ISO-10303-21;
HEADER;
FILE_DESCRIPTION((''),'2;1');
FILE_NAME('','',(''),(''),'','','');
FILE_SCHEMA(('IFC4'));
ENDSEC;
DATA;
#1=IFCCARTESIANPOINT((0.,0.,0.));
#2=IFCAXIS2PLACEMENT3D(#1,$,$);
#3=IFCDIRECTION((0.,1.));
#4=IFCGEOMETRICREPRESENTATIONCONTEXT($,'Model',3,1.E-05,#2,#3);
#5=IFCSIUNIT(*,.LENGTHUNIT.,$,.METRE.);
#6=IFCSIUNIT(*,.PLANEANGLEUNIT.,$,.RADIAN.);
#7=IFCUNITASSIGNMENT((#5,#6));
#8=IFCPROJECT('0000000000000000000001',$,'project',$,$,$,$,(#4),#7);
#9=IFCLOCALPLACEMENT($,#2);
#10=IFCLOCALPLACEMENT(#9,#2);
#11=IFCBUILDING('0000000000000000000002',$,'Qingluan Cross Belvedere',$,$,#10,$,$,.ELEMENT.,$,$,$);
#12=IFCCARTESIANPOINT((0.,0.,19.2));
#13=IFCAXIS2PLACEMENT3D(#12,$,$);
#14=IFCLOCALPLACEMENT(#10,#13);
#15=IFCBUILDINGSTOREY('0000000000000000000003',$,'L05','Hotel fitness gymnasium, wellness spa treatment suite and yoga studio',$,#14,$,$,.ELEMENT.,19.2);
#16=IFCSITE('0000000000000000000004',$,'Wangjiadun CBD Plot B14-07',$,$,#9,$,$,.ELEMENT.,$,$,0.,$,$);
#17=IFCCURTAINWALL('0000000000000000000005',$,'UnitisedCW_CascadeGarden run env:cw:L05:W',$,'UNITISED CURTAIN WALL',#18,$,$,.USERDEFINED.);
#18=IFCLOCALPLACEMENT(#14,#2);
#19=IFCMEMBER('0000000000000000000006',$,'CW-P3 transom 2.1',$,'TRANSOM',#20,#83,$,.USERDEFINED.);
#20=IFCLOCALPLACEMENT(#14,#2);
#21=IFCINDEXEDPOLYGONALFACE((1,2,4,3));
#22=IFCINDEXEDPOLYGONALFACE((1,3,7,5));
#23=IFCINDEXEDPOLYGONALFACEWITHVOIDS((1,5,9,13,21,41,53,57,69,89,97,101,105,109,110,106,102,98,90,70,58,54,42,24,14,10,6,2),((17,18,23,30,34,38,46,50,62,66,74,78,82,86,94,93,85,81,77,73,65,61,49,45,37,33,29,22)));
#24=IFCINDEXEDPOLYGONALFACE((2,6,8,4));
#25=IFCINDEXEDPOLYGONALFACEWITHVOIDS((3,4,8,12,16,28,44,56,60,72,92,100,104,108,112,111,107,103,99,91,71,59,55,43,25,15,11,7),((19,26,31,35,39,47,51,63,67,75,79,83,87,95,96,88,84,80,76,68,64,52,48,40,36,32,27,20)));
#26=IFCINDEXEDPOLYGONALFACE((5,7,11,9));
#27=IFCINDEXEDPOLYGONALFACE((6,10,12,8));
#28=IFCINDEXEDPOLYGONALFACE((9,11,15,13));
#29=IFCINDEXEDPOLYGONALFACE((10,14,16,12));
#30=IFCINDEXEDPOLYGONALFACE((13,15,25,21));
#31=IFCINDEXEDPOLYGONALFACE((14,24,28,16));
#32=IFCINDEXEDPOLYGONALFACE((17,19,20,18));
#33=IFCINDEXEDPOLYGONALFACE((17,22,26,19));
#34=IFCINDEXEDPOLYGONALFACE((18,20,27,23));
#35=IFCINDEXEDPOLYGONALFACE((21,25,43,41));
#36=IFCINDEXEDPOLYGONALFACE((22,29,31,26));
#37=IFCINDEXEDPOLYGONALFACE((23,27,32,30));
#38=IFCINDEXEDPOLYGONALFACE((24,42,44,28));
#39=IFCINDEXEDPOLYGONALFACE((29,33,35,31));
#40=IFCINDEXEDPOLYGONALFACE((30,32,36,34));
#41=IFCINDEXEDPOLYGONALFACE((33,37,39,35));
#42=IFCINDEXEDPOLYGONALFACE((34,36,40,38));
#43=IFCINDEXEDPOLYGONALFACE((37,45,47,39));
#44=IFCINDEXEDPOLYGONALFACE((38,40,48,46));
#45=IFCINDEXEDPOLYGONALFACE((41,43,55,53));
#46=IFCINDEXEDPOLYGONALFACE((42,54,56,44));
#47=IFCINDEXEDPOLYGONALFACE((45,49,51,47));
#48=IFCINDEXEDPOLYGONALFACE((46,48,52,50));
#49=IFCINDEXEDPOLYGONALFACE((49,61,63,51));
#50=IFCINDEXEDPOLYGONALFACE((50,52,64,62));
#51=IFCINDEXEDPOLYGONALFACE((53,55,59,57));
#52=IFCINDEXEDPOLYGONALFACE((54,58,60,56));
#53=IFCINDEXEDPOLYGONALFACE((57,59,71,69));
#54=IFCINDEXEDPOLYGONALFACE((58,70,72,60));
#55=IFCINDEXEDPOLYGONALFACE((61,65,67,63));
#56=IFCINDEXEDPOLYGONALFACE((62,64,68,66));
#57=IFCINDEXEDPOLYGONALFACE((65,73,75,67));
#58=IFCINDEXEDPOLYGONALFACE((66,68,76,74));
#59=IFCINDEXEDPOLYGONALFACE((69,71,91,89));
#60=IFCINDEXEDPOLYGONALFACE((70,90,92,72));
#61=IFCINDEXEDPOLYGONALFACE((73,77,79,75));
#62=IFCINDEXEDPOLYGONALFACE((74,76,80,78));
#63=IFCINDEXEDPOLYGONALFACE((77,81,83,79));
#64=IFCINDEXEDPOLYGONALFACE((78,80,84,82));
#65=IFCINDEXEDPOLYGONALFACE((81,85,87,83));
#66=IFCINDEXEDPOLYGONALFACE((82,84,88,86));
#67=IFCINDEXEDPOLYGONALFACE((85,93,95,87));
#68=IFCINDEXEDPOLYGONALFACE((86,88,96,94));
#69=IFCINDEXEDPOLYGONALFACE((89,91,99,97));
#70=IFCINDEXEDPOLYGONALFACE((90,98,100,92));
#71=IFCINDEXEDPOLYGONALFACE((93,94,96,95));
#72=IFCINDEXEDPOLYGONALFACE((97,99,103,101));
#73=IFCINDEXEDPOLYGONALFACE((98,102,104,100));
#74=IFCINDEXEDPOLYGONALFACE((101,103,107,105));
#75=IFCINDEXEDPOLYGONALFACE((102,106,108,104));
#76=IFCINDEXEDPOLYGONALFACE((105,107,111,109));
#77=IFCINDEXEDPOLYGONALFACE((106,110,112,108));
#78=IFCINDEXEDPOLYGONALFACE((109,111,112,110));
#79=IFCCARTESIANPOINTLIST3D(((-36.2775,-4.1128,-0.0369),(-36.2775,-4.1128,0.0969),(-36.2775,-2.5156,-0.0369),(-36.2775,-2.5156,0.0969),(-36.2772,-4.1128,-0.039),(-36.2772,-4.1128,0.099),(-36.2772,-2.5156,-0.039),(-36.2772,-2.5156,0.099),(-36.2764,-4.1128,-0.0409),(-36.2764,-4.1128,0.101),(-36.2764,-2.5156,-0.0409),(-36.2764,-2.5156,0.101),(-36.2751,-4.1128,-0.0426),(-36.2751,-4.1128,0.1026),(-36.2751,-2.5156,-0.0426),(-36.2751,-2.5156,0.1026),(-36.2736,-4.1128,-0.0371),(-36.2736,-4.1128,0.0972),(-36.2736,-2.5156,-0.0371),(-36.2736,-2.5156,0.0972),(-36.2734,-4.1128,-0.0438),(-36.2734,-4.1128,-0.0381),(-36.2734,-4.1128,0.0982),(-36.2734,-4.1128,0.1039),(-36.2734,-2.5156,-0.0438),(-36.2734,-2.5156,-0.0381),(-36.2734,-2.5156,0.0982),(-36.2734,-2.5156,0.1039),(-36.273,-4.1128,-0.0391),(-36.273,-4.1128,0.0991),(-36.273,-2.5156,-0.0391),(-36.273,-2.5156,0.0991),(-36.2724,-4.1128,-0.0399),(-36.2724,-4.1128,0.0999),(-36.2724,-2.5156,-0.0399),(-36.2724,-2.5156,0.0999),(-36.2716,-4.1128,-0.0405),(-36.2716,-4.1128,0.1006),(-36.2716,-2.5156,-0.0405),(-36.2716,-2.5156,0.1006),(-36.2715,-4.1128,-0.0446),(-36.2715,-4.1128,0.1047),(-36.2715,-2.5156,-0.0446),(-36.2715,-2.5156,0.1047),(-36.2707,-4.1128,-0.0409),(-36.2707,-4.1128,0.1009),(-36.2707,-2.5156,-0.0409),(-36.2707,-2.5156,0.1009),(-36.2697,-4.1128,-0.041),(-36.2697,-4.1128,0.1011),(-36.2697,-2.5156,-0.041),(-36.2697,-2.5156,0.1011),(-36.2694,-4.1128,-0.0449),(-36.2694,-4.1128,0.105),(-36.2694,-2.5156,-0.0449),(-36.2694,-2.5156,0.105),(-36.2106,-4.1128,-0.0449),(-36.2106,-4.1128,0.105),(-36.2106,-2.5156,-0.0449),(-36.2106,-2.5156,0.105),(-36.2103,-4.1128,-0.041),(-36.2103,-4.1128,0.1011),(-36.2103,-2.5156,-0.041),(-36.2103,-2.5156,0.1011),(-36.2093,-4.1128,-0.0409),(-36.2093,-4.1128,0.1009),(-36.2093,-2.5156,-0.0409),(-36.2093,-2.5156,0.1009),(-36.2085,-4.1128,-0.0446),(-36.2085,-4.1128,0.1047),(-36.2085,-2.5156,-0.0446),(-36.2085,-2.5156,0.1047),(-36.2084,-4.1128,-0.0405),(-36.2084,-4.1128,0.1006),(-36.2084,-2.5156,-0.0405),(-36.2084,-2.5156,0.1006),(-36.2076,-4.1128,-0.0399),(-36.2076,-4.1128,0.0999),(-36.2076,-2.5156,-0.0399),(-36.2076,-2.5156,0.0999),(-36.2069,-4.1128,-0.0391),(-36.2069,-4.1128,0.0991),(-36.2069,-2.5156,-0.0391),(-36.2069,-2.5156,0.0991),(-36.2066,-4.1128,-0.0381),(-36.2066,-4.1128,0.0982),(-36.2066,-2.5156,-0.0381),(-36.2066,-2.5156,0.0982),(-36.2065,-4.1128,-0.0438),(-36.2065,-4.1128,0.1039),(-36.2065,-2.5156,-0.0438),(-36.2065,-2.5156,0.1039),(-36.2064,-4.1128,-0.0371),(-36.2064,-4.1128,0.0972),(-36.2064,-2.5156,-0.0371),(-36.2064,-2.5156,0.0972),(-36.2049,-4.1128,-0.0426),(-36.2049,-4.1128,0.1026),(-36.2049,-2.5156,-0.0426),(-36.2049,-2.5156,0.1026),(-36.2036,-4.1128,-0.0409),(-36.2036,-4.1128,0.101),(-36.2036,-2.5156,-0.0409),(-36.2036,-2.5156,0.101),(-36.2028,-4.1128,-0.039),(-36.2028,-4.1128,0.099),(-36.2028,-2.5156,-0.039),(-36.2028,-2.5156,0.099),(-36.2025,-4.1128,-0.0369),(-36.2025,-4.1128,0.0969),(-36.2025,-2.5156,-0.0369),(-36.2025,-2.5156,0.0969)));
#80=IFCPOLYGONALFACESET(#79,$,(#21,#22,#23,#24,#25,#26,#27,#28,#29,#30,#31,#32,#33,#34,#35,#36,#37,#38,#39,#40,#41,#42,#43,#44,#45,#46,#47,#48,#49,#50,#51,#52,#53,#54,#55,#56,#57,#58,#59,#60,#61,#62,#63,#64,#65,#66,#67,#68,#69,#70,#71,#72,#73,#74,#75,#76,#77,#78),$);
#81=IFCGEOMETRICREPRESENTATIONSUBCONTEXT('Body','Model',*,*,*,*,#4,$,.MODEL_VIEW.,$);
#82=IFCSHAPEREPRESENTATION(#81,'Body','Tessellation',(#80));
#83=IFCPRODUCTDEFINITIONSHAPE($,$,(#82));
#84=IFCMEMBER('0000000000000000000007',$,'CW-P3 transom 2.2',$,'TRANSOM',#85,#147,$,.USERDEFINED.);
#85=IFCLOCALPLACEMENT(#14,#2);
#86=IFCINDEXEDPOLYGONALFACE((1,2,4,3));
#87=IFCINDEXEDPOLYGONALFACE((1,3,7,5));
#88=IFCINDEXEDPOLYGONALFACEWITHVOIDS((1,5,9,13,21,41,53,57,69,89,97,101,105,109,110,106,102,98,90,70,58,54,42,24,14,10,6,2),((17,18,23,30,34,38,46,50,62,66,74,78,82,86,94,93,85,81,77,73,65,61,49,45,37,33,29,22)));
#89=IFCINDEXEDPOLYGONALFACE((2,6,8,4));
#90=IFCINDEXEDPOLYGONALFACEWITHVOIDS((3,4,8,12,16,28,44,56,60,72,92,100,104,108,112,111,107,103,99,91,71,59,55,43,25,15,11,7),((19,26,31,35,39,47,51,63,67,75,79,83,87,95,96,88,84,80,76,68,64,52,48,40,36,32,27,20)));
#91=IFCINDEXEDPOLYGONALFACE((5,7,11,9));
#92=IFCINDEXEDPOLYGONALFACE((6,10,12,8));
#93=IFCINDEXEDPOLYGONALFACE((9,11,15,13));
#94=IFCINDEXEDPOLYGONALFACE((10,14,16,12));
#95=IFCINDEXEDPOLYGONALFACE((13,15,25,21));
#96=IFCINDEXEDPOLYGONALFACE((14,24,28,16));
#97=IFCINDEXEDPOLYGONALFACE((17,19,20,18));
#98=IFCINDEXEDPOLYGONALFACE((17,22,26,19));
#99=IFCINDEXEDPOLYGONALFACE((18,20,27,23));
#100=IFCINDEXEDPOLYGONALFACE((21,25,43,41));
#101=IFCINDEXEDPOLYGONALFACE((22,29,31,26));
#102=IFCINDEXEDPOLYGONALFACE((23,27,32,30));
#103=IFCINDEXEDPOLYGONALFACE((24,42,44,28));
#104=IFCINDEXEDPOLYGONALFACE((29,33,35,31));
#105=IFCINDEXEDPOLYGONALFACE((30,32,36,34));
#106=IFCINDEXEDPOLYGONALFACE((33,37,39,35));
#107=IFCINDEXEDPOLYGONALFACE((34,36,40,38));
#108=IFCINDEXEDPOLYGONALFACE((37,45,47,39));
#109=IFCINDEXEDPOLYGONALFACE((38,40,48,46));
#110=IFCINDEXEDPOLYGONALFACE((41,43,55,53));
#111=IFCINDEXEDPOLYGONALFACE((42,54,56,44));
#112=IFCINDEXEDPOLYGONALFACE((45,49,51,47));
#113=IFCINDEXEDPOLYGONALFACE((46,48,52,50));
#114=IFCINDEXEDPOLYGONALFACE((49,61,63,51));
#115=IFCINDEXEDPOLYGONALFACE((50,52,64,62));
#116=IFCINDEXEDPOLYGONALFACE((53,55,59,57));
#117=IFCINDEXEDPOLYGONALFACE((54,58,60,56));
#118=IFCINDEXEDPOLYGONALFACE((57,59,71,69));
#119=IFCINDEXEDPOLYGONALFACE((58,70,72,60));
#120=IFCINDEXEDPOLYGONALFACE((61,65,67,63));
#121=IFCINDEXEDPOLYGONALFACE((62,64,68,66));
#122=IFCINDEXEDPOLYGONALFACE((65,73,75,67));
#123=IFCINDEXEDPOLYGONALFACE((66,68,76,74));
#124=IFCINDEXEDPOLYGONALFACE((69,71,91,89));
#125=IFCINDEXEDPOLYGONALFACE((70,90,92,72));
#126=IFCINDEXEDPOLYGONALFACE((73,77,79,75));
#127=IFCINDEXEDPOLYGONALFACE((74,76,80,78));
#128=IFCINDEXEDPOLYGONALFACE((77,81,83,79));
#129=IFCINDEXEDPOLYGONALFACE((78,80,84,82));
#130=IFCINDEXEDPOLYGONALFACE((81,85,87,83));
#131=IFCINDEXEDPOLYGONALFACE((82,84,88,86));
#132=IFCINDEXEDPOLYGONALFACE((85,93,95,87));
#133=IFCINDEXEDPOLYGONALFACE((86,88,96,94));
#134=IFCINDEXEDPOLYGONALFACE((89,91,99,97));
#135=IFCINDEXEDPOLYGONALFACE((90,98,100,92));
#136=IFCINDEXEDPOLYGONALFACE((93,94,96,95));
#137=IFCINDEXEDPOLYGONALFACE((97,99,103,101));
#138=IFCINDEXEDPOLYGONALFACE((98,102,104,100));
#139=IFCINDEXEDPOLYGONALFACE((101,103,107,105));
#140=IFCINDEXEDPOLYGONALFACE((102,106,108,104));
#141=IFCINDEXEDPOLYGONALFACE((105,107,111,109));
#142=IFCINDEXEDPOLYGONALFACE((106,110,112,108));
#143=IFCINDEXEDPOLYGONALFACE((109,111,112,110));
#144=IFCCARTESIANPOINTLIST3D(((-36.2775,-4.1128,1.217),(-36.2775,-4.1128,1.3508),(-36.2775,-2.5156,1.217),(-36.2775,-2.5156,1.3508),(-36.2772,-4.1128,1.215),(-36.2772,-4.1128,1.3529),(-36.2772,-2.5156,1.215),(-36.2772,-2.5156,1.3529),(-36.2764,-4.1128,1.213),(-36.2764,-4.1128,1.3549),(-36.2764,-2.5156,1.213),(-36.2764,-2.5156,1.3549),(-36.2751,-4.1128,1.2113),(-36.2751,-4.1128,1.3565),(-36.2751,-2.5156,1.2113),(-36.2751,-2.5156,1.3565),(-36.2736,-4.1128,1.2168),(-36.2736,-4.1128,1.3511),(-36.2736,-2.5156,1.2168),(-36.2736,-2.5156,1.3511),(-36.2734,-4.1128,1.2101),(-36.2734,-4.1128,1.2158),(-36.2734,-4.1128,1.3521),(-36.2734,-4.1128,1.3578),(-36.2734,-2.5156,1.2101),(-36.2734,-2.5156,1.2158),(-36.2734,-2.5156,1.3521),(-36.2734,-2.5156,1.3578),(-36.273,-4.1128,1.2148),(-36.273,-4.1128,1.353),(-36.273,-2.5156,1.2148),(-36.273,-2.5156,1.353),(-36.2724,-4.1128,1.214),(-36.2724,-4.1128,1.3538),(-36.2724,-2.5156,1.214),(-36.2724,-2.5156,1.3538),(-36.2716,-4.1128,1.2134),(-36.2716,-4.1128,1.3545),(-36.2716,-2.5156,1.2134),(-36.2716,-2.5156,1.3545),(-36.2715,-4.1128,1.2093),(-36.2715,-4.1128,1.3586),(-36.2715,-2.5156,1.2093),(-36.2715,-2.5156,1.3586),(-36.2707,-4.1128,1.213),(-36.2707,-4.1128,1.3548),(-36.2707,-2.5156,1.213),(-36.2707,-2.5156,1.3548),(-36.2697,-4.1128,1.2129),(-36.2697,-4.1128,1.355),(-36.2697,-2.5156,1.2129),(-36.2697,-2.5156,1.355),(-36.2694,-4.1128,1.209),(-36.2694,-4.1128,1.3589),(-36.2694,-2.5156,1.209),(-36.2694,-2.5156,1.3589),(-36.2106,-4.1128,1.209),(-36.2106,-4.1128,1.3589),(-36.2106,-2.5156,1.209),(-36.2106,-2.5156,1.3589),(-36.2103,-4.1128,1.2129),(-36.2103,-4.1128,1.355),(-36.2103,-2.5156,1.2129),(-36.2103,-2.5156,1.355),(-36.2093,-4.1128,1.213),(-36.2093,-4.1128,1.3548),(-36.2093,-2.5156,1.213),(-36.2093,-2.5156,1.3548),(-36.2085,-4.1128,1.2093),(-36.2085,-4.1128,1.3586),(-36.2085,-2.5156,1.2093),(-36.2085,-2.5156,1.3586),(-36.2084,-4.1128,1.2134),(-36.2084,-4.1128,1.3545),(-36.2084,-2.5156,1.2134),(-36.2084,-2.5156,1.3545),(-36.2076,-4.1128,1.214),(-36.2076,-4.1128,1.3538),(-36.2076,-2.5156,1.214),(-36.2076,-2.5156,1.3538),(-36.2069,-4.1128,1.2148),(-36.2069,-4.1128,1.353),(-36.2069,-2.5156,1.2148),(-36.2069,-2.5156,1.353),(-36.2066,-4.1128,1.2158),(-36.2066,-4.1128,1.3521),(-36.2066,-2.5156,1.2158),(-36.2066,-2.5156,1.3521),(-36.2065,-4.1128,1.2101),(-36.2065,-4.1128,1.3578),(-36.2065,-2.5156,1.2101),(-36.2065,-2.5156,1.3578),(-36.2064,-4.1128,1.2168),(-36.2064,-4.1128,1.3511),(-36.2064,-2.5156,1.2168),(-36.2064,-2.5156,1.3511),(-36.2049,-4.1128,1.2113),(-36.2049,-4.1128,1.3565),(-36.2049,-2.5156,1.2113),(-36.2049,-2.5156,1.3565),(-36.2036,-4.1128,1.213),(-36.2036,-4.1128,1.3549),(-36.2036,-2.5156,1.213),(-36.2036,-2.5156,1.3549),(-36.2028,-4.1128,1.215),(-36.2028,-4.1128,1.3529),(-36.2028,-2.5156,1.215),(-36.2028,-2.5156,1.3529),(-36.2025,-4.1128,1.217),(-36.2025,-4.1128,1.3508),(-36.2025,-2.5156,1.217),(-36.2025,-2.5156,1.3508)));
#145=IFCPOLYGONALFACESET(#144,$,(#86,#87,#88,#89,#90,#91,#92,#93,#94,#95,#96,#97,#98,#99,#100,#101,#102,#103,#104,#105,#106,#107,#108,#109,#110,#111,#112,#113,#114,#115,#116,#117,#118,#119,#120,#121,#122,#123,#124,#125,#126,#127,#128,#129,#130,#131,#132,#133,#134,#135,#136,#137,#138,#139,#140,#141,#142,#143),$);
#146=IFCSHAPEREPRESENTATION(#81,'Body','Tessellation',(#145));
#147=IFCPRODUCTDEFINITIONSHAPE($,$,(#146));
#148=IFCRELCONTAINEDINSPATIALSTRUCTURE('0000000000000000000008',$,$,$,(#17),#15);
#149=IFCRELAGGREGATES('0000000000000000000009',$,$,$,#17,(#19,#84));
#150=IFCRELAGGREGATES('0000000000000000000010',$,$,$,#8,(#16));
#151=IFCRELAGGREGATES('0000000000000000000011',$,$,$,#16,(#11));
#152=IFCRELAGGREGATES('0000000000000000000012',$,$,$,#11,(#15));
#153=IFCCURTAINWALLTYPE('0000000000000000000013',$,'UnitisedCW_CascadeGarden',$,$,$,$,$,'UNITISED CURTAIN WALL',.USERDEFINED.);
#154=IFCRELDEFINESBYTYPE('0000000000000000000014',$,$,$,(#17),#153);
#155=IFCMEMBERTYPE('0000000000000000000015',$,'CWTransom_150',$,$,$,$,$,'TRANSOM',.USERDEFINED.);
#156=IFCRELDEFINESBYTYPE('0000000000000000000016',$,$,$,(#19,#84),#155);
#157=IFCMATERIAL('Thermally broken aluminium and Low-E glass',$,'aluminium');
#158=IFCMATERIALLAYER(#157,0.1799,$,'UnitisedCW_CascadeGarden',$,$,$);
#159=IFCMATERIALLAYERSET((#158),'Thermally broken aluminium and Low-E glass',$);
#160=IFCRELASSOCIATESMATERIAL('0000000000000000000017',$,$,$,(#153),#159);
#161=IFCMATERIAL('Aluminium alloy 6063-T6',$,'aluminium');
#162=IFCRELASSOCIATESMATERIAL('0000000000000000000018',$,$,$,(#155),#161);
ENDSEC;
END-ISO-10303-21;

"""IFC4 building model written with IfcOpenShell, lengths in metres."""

from ifc_helpers import new_model, si_unit, direction, frame, origin, origin_2d, place, context, subcontext, project, spatial, hollow_rectangle, extrude, material, layer, layer_set, material_profile, profile_set, type_object, element, aggregate, save


model = new_model("IFC4")

# Units and contexts
model_context = context("Model", 3, precision=1e-05, world=origin(), true_north=direction((0.0, 1.0)))
body_context = subcontext(model_context, "Body", "Model", "MODEL_VIEW")
ifc_project = project(units=[si_unit("LENGTHUNIT", "METRE"), si_unit("PLANEANGLEUNIT", "RADIAN")], contexts=[model_context])

# Site, building, storey
site_placement = place(None, origin())
site = spatial("IfcSite", under=ifc_project, at=site_placement, Name="Wangjiadun CBD Plot B14-07", CompositionType="ELEMENT", RefElevation=0.0)
building_placement = place(site_placement, origin())
building = spatial("IfcBuilding", under=site, at=building_placement, Name="Qingluan Cross Belvedere", CompositionType="ELEMENT")
storey_placement = place(building_placement, frame((0.0, 0.0, 19.2)))
storey = spatial("IfcBuildingStorey", under=building, at=storey_placement, Name="L05", Description="Hotel fitness gymnasium, wellness spa treatment suite and yoga studio", CompositionType="ELEMENT", Elevation=19.2)

# Curtain wall, members
ifc_material_1 = material(Name="Thermally broken aluminium and Low-E glass", Category="aluminium")
ifc_layer_1 = layer(ifc_material_1, 0.1799, Name="UnitisedCW_CascadeGarden")
ifc_layer_set_1 = layer_set([ifc_layer_1], Name="Thermally broken aluminium and Low-E glass")
curtain_wall_type = type_object("IfcCurtainWallType", Name="UnitisedCW_CascadeGarden", ElementType="UNITISED CURTAIN WALL", PredefinedType="USERDEFINED", material=ifc_layer_set_1)
curtain_wall_placement = place(storey_placement, origin())
curtain_wall = element("IfcCurtainWall", 1, at=curtain_wall_placement, inside=storey, type_object=curtain_wall_type, Name="UnitisedCW_CascadeGarden run env:cw:L05:W", ObjectType="UNITISED CURTAIN WALL", PredefinedType="USERDEFINED")
ifc_material_2 = material(Name="Aluminium alloy 6063-T6", Category="aluminium")
ifc_material_profile_1 = material_profile(ifc_material_2, hollow_rectangle(XDim=0.075, YDim=0.1499, WallThickness=0.0039, InnerFilletRadius=0.0039, OuterFilletRadius=0.0081, at=origin_2d()), Name="CWT150x75x4")
ifc_profile_set_1 = profile_set([ifc_material_profile_1], Name="Aluminium alloy 6063-T6")
member_type_1 = type_object("IfcMemberType", Name="CWTransom_150", ElementType="TRANSOM", PredefinedType="USERDEFINED", material=ifc_profile_set_1)
member_1_placement = place(storey_placement, frame((-36.24, -4.1128, 0.03), z_axis=(0.0, 1.0, 0.0), x_axis=(-1.0, 0.0, 0.0)))
member_1 = element("IfcMember", 2, at=member_1_placement, type_object=member_type_1, Name="CW-P3 transom 2.1", ObjectType="TRANSOM", PredefinedType="USERDEFINED", context=body_context, shape_type="SweptSolid", body=[
    extrude(hollow_rectangle(XDim=0.075, YDim=0.1499, WallThickness=0.0039, InnerFilletRadius=0.0039, OuterFilletRadius=0.0081, at=origin_2d()), origin(), (0.0, 0.0, 1.0), 1.5972),
])
member_2_placement = place(storey_placement, frame((-36.24, -4.1128, 1.2839), z_axis=(0.0, 1.0, 0.0), x_axis=(-1.0, 0.0, 0.0)))
member_2 = element("IfcMember", 3, at=member_2_placement, type_object=member_type_1, Name="CW-P3 transom 2.2", ObjectType="TRANSOM", PredefinedType="USERDEFINED", context=body_context, shape_type="SweptSolid", body=[
    extrude(hollow_rectangle(XDim=0.075, YDim=0.1499, WallThickness=0.0039, InnerFilletRadius=0.0039, OuterFilletRadius=0.0081, at=origin_2d()), origin(), (0.0, 0.0, 1.0), 1.5972),
])
aggregate(curtain_wall, [member_1, member_2])

save(model, "model.ifc")
